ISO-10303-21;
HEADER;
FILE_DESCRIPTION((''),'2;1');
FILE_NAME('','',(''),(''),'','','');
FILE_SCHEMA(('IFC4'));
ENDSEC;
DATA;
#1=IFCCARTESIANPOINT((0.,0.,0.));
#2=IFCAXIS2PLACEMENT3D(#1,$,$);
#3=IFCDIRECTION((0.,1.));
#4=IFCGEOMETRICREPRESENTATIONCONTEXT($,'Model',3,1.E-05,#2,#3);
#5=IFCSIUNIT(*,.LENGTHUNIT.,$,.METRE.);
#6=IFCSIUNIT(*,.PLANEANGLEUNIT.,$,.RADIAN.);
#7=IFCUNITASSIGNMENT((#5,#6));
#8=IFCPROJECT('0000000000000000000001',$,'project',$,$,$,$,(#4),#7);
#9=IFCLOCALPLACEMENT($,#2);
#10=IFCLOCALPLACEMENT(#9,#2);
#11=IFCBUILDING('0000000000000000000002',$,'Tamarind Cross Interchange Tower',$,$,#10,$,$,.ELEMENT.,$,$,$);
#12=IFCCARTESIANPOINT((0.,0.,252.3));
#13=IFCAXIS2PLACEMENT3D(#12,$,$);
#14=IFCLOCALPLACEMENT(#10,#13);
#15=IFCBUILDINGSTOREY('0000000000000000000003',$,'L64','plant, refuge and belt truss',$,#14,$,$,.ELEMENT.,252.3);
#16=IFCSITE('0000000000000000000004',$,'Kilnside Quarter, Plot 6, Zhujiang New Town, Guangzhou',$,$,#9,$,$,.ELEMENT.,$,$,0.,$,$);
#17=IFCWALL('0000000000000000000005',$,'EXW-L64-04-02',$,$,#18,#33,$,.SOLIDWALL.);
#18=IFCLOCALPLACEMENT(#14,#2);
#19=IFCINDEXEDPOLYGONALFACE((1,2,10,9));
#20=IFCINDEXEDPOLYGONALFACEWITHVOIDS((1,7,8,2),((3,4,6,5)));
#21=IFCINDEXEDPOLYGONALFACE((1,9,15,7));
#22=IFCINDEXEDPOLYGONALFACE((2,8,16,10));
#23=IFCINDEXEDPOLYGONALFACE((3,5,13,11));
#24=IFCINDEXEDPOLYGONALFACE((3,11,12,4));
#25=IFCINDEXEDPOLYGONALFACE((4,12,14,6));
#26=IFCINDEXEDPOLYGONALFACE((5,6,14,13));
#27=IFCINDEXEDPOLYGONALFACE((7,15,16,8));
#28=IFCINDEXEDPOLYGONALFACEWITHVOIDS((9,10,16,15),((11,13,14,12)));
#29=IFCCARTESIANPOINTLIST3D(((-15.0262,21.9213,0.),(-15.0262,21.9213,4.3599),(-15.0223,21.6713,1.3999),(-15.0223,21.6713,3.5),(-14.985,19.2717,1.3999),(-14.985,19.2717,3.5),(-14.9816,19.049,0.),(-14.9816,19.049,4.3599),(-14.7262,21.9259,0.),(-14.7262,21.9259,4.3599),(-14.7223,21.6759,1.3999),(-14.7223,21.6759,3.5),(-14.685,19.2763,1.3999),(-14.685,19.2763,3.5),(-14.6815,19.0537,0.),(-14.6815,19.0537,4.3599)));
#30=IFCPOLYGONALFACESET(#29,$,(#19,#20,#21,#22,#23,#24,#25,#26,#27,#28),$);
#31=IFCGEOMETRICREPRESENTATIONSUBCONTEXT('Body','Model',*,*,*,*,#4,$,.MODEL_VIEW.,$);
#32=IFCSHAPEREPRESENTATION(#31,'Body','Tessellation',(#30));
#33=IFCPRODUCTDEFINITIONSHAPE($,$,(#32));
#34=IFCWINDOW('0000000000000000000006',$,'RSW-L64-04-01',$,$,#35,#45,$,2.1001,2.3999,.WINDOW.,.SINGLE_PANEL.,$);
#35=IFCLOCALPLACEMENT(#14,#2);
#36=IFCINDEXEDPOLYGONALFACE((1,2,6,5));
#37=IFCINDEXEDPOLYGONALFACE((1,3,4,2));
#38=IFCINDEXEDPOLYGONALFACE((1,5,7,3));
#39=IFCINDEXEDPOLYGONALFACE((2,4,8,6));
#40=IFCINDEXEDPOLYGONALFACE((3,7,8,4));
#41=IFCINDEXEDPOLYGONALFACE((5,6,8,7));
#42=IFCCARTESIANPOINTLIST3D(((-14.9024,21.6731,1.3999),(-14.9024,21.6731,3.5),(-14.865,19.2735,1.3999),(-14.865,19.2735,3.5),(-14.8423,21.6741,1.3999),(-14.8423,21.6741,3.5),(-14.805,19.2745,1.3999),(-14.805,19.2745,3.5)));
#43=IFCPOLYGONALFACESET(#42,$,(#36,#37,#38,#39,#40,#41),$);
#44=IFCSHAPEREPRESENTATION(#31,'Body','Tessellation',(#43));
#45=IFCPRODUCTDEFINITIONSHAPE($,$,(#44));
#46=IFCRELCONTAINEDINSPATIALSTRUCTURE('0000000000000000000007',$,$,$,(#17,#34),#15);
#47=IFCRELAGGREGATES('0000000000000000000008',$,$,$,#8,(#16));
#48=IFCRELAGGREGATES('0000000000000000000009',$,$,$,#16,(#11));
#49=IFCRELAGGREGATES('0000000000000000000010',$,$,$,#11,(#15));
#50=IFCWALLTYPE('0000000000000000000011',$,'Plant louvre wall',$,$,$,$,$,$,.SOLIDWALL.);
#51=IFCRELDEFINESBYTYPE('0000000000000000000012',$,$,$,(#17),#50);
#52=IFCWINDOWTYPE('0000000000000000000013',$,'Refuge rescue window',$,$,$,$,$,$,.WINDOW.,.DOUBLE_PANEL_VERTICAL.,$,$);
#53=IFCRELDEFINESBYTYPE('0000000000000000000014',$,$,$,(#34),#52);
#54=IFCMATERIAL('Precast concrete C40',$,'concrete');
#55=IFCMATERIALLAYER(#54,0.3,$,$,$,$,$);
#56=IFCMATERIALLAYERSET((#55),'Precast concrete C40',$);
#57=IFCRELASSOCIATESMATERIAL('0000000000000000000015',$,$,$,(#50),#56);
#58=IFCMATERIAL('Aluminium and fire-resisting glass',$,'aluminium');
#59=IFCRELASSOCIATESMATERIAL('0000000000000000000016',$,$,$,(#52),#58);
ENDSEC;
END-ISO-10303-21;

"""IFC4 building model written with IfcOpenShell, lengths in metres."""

from ifc_helpers import new_model, si_unit, direction, frame, frame_2d, origin, place, context, subcontext, project, spatial, rectangle, extrude, material, layer, layer_set, type_object, element, fill, save


model = new_model("IFC4")

# Units and contexts
model_context = context("Model", 3, precision=1e-05, world=origin(), true_north=direction((0.0, 1.0)))
body_context = subcontext(model_context, "Body", "Model", "MODEL_VIEW")
ifc_project = project(units=[si_unit("LENGTHUNIT", "METRE"), si_unit("PLANEANGLEUNIT", "RADIAN")], contexts=[model_context])

# Site, building, storey
site_placement = place(None, origin())
site = spatial("IfcSite", under=ifc_project, at=site_placement, Name="Kilnside Quarter, Plot 6, Zhujiang New Town, Guangzhou", CompositionType="ELEMENT", RefElevation=0.0)
building_placement = place(site_placement, origin())
building = spatial("IfcBuilding", under=site, at=building_placement, Name="Tamarind Cross Interchange Tower", CompositionType="ELEMENT")
storey_placement = place(building_placement, frame((0.0, 0.0, 252.3)))
storey = spatial("IfcBuildingStorey", under=building, at=storey_placement, Name="L64", Description="plant, refuge and belt truss", CompositionType="ELEMENT", Elevation=252.3)

# Shared definitions
ifc_material_1 = material(Name="Precast concrete C40", Category="concrete")
ifc_layer_1 = layer(ifc_material_1, 0.3)
ifc_layer_set_1 = layer_set([ifc_layer_1], Name="Precast concrete C40")
wall_type_1 = type_object("IfcWallType", Name="Plant louvre wall", PredefinedType="SOLIDWALL", material=ifc_layer_set_1)

# Wall, opening, window
wall_1_placement = place(storey_placement, frame((-14.8762, 21.9236, 0.0), z_axis=(0.0, 0.0, 1.0), x_axis=(0.015553, -0.999879, 0.0)))
wall_1 = element("IfcWall", 1, at=wall_1_placement, inside=storey, type_object=wall_type_1, Name="EXW-L64-04-02", PredefinedType="SOLIDWALL", context=body_context, shape_type="SweptSolid", body=[
    extrude(rectangle(XDim=2.8726, YDim=0.3, at=frame_2d((1.4363, 0.0))), origin(), (0.0, 0.0, 1.0), 4.3599),
])
opening_1_placement = place(wall_1_placement, frame((0.25, 0.0, 1.3999)))
opening_1 = element("IfcOpeningElement", 2, at=opening_1_placement, cuts=wall_1, PredefinedType="OPENING", context=body_context, shape_type="SweptSolid", body=[
    extrude(rectangle(XDim=2.3999, YDim=2.1001, at=frame_2d((1.2, 1.05))), frame((0.0, 0.1599, 0.0), z_axis=(0.0, -1.0, 0.0), x_axis=(1.0, 0.0, 0.0)), (0.0, 0.0, 1.0), 0.3201),
])
ifc_material_2 = material(Name="Aluminium and fire-resisting glass", Category="aluminium")
window_type = type_object("IfcWindowType", Name="Refuge rescue window", PartitioningType="DOUBLE_PANEL_VERTICAL", PredefinedType="WINDOW", material=ifc_material_2)
window_placement = place(opening_1_placement, origin())
window = element("IfcWindow", 3, at=window_placement, inside=storey, type_object=window_type, Name="RSW-L64-04-01", OverallHeight=2.1001, OverallWidth=2.3999, PartitioningType="SINGLE_PANEL", PredefinedType="WINDOW", context=body_context, shape_type="SweptSolid", body=[
    extrude(rectangle(XDim=2.3999, YDim=2.1001, at=frame_2d((1.2, 1.05))), frame((0.0, 0.03, 0.0), z_axis=(0.0, -1.0, 0.0), x_axis=(1.0, 0.0, 0.0)), (0.0, 0.0, 1.0), 0.0601),
])
fill(opening_1, window)

save(model, "model.ifc")
